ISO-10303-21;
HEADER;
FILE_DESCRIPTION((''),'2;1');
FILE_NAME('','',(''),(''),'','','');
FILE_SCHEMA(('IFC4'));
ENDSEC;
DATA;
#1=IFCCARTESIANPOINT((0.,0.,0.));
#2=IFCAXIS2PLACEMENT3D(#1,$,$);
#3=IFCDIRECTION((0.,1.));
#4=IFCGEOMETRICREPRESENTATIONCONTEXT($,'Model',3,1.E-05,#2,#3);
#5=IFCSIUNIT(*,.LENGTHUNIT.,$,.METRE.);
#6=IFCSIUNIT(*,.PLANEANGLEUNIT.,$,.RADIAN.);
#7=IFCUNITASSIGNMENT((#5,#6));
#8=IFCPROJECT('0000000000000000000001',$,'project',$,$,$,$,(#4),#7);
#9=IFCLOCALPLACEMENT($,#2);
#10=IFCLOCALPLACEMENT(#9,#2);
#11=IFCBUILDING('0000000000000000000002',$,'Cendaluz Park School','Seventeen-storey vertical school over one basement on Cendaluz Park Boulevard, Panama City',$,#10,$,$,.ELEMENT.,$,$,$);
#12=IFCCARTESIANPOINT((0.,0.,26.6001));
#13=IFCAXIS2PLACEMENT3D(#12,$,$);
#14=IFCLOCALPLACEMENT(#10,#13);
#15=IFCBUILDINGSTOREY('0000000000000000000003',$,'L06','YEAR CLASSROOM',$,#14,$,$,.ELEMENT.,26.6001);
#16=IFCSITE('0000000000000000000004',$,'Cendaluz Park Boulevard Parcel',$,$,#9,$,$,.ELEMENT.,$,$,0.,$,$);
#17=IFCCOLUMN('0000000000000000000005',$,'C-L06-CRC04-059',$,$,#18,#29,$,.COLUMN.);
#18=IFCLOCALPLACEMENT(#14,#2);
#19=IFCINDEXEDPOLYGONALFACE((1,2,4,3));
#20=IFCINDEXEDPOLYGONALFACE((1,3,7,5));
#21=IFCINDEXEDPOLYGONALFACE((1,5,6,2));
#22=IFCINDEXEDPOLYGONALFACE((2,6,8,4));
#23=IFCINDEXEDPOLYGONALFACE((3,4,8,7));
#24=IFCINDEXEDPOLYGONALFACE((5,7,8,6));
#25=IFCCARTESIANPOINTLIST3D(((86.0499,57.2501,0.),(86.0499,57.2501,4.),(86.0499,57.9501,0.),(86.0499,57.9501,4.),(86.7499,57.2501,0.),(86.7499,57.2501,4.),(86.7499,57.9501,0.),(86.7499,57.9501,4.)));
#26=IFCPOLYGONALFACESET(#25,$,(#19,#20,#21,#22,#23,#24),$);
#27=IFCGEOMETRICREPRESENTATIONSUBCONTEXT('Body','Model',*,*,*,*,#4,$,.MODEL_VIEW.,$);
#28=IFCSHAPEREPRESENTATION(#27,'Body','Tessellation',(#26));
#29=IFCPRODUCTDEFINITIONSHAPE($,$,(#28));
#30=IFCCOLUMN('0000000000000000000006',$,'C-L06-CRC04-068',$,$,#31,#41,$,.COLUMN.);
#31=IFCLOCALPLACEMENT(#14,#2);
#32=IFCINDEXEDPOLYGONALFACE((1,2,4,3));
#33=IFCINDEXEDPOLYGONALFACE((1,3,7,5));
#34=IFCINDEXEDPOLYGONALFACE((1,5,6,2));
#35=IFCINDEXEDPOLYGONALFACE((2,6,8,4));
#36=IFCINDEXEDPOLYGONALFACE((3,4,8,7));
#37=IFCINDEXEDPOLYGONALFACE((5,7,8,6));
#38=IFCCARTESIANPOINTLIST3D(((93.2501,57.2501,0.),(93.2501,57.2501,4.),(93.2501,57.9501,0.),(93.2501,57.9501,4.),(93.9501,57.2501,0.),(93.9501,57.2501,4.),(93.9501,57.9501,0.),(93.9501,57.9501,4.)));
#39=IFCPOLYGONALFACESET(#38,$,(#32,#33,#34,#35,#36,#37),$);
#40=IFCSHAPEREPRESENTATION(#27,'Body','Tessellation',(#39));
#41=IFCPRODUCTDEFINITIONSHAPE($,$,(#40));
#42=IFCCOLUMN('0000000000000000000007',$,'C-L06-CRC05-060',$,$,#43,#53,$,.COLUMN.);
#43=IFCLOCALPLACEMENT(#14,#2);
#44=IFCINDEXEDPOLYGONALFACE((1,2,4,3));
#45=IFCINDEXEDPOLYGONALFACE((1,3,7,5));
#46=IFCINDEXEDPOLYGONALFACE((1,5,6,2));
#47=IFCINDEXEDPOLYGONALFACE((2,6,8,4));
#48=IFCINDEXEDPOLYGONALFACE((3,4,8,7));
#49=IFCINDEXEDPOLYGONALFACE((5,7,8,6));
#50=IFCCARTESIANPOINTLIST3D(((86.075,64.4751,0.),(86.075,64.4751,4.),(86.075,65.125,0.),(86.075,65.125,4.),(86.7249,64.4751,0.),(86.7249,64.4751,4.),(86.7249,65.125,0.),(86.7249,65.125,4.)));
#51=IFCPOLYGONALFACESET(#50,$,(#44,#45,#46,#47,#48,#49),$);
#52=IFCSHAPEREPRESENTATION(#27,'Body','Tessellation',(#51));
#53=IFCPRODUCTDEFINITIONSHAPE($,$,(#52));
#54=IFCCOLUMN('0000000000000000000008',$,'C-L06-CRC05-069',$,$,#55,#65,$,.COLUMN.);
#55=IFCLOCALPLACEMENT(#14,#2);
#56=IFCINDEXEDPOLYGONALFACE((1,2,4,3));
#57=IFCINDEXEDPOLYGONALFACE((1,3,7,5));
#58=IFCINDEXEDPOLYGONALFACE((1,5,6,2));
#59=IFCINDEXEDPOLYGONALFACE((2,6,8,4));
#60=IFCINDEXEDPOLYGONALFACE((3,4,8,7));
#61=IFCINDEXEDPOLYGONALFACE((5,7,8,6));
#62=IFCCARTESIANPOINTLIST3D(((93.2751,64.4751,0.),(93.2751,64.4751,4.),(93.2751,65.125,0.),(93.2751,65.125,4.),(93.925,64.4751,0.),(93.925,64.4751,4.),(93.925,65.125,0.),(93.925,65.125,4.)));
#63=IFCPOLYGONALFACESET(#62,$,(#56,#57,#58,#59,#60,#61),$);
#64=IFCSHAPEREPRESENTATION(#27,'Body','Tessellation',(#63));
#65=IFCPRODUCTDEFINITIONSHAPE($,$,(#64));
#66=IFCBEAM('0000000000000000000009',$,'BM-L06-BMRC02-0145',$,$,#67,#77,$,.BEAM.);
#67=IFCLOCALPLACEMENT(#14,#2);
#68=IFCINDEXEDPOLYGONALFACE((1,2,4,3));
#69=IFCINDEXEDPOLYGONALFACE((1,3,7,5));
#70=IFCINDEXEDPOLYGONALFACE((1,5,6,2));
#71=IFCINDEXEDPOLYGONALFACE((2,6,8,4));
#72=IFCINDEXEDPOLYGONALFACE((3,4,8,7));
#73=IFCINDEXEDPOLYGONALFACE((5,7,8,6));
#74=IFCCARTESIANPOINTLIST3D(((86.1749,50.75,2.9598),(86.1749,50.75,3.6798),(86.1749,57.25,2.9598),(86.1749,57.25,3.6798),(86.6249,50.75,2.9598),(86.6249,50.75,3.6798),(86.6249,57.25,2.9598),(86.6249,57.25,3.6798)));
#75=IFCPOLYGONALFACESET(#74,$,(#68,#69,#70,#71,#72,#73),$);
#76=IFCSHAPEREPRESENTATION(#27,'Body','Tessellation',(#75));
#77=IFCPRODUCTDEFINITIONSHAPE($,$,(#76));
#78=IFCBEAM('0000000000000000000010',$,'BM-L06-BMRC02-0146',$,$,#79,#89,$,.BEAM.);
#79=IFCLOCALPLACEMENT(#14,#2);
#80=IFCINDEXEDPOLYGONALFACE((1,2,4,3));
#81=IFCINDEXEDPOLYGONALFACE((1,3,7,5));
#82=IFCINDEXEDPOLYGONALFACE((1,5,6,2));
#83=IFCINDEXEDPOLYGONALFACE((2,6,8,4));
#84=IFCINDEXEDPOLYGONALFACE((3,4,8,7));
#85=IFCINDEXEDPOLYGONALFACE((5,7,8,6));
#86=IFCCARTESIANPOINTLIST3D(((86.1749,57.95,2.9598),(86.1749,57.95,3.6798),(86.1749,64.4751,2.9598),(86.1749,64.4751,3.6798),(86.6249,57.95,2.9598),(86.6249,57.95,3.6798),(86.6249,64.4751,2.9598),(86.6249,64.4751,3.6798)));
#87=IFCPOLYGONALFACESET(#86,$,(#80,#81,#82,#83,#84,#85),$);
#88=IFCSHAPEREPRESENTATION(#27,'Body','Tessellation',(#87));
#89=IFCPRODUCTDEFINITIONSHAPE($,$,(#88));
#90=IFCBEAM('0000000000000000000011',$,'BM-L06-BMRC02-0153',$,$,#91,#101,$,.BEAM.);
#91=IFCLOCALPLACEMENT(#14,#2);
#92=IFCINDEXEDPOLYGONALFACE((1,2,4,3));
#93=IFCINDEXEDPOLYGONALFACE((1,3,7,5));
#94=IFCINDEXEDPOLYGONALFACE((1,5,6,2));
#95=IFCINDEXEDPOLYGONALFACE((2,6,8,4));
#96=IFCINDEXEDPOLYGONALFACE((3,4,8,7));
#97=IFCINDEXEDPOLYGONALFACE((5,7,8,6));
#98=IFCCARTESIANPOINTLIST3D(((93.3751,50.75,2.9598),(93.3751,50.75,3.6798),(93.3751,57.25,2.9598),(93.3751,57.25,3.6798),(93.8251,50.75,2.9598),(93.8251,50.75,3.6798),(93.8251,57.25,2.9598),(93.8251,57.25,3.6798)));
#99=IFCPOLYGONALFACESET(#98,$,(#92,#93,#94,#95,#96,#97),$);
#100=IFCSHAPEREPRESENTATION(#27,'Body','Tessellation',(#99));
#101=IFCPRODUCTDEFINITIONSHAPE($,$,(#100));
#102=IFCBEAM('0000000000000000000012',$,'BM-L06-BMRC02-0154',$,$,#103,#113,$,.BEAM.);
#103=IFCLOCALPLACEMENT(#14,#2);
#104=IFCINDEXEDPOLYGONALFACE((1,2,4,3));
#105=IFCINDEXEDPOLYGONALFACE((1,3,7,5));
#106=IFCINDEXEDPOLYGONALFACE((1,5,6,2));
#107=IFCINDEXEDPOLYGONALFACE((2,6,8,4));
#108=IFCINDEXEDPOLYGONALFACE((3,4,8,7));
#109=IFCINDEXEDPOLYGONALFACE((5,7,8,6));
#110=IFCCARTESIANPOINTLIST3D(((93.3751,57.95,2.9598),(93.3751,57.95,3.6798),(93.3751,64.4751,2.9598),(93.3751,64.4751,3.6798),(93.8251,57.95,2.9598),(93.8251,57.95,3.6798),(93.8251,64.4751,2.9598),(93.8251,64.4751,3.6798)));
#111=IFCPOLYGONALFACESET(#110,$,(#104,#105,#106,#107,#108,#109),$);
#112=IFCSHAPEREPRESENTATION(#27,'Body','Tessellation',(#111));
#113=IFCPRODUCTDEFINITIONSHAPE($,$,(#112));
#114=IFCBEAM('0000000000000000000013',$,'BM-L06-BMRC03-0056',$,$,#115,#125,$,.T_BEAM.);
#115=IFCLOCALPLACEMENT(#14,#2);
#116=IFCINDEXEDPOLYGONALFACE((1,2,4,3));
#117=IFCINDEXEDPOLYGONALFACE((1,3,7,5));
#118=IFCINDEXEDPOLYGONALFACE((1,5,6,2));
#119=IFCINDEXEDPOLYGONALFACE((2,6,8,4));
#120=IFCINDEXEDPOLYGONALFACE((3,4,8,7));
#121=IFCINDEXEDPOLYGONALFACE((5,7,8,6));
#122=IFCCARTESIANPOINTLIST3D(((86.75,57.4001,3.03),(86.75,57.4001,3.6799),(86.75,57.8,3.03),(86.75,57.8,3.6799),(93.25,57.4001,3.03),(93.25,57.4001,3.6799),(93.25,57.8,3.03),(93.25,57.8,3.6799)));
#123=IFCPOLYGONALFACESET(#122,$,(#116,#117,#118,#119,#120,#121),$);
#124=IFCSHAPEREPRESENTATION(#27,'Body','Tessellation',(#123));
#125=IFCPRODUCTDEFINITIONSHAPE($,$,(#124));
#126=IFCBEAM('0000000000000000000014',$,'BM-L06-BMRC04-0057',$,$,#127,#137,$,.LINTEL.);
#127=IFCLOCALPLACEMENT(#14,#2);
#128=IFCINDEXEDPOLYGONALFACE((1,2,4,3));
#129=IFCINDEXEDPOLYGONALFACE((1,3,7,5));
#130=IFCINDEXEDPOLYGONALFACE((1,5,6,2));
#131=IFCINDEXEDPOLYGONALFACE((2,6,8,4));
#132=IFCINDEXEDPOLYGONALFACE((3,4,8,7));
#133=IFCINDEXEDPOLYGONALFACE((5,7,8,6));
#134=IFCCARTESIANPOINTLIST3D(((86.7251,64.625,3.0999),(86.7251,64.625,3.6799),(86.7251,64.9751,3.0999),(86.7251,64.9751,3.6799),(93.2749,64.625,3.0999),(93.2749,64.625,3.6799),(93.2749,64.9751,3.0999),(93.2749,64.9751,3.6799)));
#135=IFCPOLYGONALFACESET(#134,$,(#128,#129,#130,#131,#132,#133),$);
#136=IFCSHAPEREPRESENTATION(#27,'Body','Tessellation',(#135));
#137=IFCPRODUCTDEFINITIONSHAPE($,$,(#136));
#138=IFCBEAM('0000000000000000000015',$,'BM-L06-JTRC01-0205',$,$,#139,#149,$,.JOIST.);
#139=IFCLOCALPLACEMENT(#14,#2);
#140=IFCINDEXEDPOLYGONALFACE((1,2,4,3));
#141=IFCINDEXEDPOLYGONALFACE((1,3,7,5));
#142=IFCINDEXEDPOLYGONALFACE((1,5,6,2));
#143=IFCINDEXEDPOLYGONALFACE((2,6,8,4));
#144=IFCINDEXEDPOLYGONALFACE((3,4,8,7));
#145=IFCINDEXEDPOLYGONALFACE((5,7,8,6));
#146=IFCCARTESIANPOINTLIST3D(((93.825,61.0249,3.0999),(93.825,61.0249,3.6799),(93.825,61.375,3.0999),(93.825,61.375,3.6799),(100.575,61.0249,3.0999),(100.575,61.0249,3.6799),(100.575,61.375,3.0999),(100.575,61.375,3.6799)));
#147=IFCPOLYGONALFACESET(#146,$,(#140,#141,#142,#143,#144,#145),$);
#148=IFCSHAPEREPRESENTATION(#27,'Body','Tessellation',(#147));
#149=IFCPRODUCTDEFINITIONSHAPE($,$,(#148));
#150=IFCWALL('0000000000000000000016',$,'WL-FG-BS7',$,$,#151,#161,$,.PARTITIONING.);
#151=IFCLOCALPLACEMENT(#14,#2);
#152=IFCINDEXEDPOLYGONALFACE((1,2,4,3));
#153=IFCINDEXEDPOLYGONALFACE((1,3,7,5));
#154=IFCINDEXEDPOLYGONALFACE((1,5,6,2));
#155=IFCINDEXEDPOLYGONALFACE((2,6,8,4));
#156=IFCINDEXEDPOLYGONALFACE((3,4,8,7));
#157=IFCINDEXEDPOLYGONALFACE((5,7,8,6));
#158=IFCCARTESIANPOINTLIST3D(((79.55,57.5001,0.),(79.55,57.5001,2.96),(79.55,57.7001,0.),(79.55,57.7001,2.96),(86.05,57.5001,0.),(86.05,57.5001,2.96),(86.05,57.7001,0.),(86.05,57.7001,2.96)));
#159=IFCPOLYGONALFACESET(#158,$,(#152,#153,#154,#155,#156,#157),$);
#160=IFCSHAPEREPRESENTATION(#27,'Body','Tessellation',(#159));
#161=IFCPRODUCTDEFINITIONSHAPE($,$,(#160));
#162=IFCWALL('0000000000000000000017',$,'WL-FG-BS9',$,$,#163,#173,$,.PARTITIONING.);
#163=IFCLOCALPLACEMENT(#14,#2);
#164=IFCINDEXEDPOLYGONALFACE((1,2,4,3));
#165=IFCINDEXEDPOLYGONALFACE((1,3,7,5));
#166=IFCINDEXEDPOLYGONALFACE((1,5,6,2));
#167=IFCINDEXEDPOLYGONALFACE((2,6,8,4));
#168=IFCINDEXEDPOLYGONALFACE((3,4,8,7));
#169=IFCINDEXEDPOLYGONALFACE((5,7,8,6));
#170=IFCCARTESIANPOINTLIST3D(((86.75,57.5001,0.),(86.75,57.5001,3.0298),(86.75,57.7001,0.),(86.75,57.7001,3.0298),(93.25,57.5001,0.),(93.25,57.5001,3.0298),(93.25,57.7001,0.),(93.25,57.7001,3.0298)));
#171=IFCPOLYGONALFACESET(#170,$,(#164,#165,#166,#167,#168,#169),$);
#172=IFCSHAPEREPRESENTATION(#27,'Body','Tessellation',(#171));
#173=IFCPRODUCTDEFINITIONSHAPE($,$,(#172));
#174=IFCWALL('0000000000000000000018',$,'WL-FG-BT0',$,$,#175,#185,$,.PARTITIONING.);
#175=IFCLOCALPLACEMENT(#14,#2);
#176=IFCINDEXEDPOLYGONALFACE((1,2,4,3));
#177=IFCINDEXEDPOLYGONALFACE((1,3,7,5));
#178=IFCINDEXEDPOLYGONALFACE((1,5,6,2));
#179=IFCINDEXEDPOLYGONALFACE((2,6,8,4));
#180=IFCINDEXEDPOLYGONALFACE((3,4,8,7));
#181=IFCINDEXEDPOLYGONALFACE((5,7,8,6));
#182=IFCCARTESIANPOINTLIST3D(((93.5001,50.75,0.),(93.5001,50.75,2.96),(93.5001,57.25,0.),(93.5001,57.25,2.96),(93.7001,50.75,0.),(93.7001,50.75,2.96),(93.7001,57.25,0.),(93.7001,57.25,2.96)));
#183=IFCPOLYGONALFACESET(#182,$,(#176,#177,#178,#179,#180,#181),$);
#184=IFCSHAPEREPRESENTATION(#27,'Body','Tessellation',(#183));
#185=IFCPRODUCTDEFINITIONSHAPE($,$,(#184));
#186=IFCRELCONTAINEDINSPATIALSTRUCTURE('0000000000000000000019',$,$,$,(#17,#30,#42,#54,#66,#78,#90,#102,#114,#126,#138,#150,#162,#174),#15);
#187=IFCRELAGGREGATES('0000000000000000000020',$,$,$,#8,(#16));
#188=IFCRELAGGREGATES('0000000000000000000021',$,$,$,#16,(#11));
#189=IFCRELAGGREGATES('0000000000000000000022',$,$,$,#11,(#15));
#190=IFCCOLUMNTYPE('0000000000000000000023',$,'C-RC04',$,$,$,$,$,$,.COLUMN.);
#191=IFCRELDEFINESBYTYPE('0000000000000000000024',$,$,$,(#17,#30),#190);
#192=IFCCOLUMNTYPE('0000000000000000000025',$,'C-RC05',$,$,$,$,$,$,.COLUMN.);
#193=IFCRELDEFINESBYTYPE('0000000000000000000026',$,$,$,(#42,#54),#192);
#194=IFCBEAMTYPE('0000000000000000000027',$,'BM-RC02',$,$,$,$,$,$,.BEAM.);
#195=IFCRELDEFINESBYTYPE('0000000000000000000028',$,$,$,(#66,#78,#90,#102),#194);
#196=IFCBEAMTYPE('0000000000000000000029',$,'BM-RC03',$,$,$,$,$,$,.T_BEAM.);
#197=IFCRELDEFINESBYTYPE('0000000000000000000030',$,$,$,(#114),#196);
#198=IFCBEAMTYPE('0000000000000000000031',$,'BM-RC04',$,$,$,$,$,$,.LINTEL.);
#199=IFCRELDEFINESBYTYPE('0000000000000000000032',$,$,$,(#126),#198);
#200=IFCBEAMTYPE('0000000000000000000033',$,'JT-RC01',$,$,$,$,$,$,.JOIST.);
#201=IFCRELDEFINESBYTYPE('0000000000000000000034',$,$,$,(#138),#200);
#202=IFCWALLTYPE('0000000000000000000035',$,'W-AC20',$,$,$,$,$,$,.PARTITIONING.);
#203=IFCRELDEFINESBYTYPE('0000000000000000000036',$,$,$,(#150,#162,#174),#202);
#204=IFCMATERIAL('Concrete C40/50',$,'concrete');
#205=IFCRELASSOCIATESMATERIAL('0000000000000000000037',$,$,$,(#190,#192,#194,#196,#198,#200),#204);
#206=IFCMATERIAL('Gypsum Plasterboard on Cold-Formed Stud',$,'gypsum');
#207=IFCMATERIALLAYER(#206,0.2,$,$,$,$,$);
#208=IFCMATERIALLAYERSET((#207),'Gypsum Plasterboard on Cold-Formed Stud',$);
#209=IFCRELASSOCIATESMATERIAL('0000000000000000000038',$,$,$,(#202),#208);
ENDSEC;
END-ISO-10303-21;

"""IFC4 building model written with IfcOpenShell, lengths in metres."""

from ifc_helpers import new_model, si_unit, direction, frame, frame_2d, origin, origin_2d, place, context, subcontext, project, spatial, rectangle, extrude, material, layer, layer_set, material_profile, profile_set, type_object, element, save


model = new_model("IFC4")

# Units and contexts
model_context = context("Model", 3, precision=1e-05, world=origin(), true_north=direction((0.0, 1.0)))
body_context = subcontext(model_context, "Body", "Model", "MODEL_VIEW")
ifc_project = project(units=[si_unit("LENGTHUNIT", "METRE"), si_unit("PLANEANGLEUNIT", "RADIAN")], contexts=[model_context])

# Site, building, storey
site_placement = place(None, origin())
site = spatial("IfcSite", under=ifc_project, at=site_placement, Name="Cendaluz Park Boulevard Parcel", CompositionType="ELEMENT", RefElevation=0.0)
building_placement = place(site_placement, origin())
building = spatial("IfcBuilding", under=site, at=building_placement, Name="Cendaluz Park School", Description="Seventeen-storey vertical school over one basement on Cendaluz Park Boulevard, Panama City", CompositionType="ELEMENT")
storey_placement = place(building_placement, frame((0.0, 0.0, 26.6001)))
storey = spatial("IfcBuildingStorey", under=building, at=storey_placement, Name="L06", Description="YEAR CLASSROOM", CompositionType="ELEMENT", Elevation=26.6001)

# Columns
ifc_material_1 = material(Name="Concrete C40/50", Category="concrete")
ifc_material_profile_1 = material_profile(ifc_material_1, rectangle(XDim=0.7, YDim=0.7, at=origin_2d()), Name="RC 700x700", Category="concrete")
ifc_profile_set_1 = profile_set([ifc_material_profile_1], Name="Concrete C40/50")
column_type_1 = type_object("IfcColumnType", Name="C-RC04", PredefinedType="COLUMN", material=ifc_profile_set_1)
for number, where, z_axis, x_axis, name in (
    (1, (86.3999, 57.6001, 0.0), (0.0, 0.0, 1.0), (1.0, 0.0, 0.0), "C-L06-CRC04-059"),
    (2, (93.6001, 57.6001, 0.0), (0.0, 0.0, 1.0), (1.0, 0.0, 0.0), "C-L06-CRC04-068"),
):
    element("IfcColumn", number, at=place(storey_placement, frame(where, z_axis=z_axis, x_axis=x_axis)), inside=storey, type_object=column_type_1, Name=name, PredefinedType="COLUMN", context=body_context, shape_type="SweptSolid", body=[
        extrude(rectangle(XDim=0.7, YDim=0.7, at=origin_2d()), origin(), (0.0, 0.0, 1.0), 4.0),
    ])
ifc_material_profile_2 = material_profile(ifc_material_1, rectangle(XDim=0.6499, YDim=0.6499, at=origin_2d()), Name="RC 650x650", Category="concrete")
ifc_profile_set_2 = profile_set([ifc_material_profile_2], Name="Concrete C40/50")
column_type_2 = type_object("IfcColumnType", Name="C-RC05", PredefinedType="COLUMN", material=ifc_profile_set_2)
for number, where, z_axis, x_axis, name in (
    (3, (86.3999, 64.8, 0.0), (0.0, 0.0, 1.0), (1.0, 0.0, 0.0), "C-L06-CRC05-060"),
    (4, (93.6001, 64.8, 0.0), (0.0, 0.0, 1.0), (1.0, 0.0, 0.0), "C-L06-CRC05-069"),
):
    element("IfcColumn", number, at=place(storey_placement, frame(where, z_axis=z_axis, x_axis=x_axis)), inside=storey, type_object=column_type_2, Name=name, PredefinedType="COLUMN", context=body_context, shape_type="SweptSolid", body=[
        extrude(rectangle(XDim=0.6499, YDim=0.6499, at=origin_2d()), origin(), (0.0, 0.0, 1.0), 4.0),
    ])

# Beams
ifc_material_profile_3 = material_profile(ifc_material_1, rectangle(XDim=0.45, YDim=0.72, at=origin_2d()), Name="RC 450x720", Category="concrete")
ifc_profile_set_3 = profile_set([ifc_material_profile_3], Name="Concrete C40/50")
beam_type_1 = type_object("IfcBeamType", Name="BM-RC02", PredefinedType="BEAM", material=ifc_profile_set_3)
beam_1_placement = place(storey_placement, frame((86.3999, 50.75, 3.3198), z_axis=(0.0, 1.0, 0.0), x_axis=(-1.0, 0.0, 0.0)))
element("IfcBeam", 5, at=beam_1_placement, inside=storey, type_object=beam_type_1, Name="BM-L06-BMRC02-0145", PredefinedType="BEAM", context=body_context, shape_type="SweptSolid", body=[
    extrude(rectangle(XDim=0.45, YDim=0.72, at=origin_2d()), origin(), (0.0, 0.0, 1.0), 6.5),
])
beam_2_placement = place(storey_placement, frame((86.3999, 57.95, 3.3198), z_axis=(0.0, 1.0, 0.0), x_axis=(-1.0, 0.0, 0.0)))
element("IfcBeam", 6, at=beam_2_placement, inside=storey, type_object=beam_type_1, Name="BM-L06-BMRC02-0146", PredefinedType="BEAM", context=body_context, shape_type="SweptSolid", body=[
    extrude(rectangle(XDim=0.45, YDim=0.72, at=origin_2d()), origin(), (0.0, 0.0, 1.0), 6.5251),
])
beam_3_placement = place(storey_placement, frame((93.6001, 50.75, 3.3198), z_axis=(0.0, 1.0, 0.0), x_axis=(-1.0, 0.0, 0.0)))
element("IfcBeam", 7, at=beam_3_placement, inside=storey, type_object=beam_type_1, Name="BM-L06-BMRC02-0153", PredefinedType="BEAM", context=body_context, shape_type="SweptSolid", body=[
    extrude(rectangle(XDim=0.45, YDim=0.72, at=origin_2d()), origin(), (0.0, 0.0, 1.0), 6.5),
])
beam_4_placement = place(storey_placement, frame((93.6001, 57.95, 3.3198), z_axis=(0.0, 1.0, 0.0), x_axis=(-1.0, 0.0, 0.0)))
element("IfcBeam", 8, at=beam_4_placement, inside=storey, type_object=beam_type_1, Name="BM-L06-BMRC02-0154", PredefinedType="BEAM", context=body_context, shape_type="SweptSolid", body=[
    extrude(rectangle(XDim=0.45, YDim=0.72, at=origin_2d()), origin(), (0.0, 0.0, 1.0), 6.5251),
])
ifc_material_profile_4 = material_profile(ifc_material_1, rectangle(XDim=0.3999, YDim=0.6499, at=origin_2d()), Name="RC 400x650", Category="concrete")
ifc_profile_set_4 = profile_set([ifc_material_profile_4], Name="Concrete C40/50")
beam_type_2 = type_object("IfcBeamType", Name="BM-RC03", PredefinedType="T_BEAM", material=ifc_profile_set_4)
beam_5_placement = place(storey_placement, frame((86.75, 57.6001, 3.355), z_axis=(1.0, 0.0, 0.0), x_axis=(0.0, 1.0, 0.0)))
element("IfcBeam", 9, at=beam_5_placement, inside=storey, type_object=beam_type_2, Name="BM-L06-BMRC03-0056", PredefinedType="T_BEAM", context=body_context, shape_type="SweptSolid", body=[
    extrude(rectangle(XDim=0.3999, YDim=0.6499, at=origin_2d()), origin(), (0.0, 0.0, 1.0), 6.5),
])
ifc_material_profile_5 = material_profile(ifc_material_1, rectangle(XDim=0.3501, YDim=0.5801, at=origin_2d()), Name="RC 350x580", Category="concrete")
ifc_profile_set_5 = profile_set([ifc_material_profile_5], Name="Concrete C40/50")
beam_type_3 = type_object("IfcBeamType", Name="BM-RC04", PredefinedType="LINTEL", material=ifc_profile_set_5)
beam_6_placement = place(storey_placement, frame((86.7251, 64.8, 3.3899), z_axis=(1.0, 0.0, 0.0), x_axis=(0.0, 1.0, 0.0)))
element("IfcBeam", 10, at=beam_6_placement, inside=storey, type_object=beam_type_3, Name="BM-L06-BMRC04-0057", PredefinedType="LINTEL", context=body_context, shape_type="SweptSolid", body=[
    extrude(rectangle(XDim=0.3501, YDim=0.5801, at=origin_2d()), origin(), (0.0, 0.0, 1.0), 6.5498),
])
ifc_material_profile_6 = material_profile(ifc_material_1, rectangle(XDim=0.3501, YDim=0.5801, at=origin_2d()), Name="RC 350x580", Category="concrete")
ifc_profile_set_6 = profile_set([ifc_material_profile_6], Name="Concrete C40/50")
beam_type_4 = type_object("IfcBeamType", Name="JT-RC01", PredefinedType="JOIST", material=ifc_profile_set_6)
beam_7_placement = place(storey_placement, frame((93.825, 61.2, 3.3899), z_axis=(1.0, 0.0, 0.0), x_axis=(0.0, 1.0, 0.0)))
element("IfcBeam", 11, at=beam_7_placement, inside=storey, type_object=beam_type_4, Name="BM-L06-JTRC01-0205", PredefinedType="JOIST", context=body_context, shape_type="SweptSolid", body=[
    extrude(rectangle(XDim=0.3501, YDim=0.5801, at=origin_2d()), origin(), (0.0, 0.0, 1.0), 6.75),
])

# Walls
ifc_material_2 = material(Name="Gypsum Plasterboard on Cold-Formed Stud", Category="gypsum")
ifc_layer_1 = layer(ifc_material_2, 0.2)
ifc_layer_set_1 = layer_set([ifc_layer_1], Name="Gypsum Plasterboard on Cold-Formed Stud")
wall_type_1 = type_object("IfcWallType", Name="W-AC20", PredefinedType="PARTITIONING", material=ifc_layer_set_1)
wall_1_placement = place(storey_placement, frame((79.55, 57.6001, 0.0), z_axis=(0.0, 0.0, 1.0), x_axis=(1.0, 0.0, 0.0)))
element("IfcWall", 12, at=wall_1_placement, inside=storey, type_object=wall_type_1, Name="WL-FG-BS7", PredefinedType="PARTITIONING", context=body_context, shape_type="SweptSolid", body=[
    extrude(rectangle(XDim=6.5, YDim=0.2, at=frame_2d((3.25, 0.0))), origin(), (0.0, 0.0, 1.0), 2.96),
])
wall_2_placement = place(storey_placement, frame((86.75, 57.6001, 0.0), z_axis=(0.0, 0.0, 1.0), x_axis=(1.0, 0.0, 0.0)))
element("IfcWall", 13, at=wall_2_placement, inside=storey, type_object=wall_type_1, Name="WL-FG-BS9", PredefinedType="PARTITIONING", context=body_context, shape_type="SweptSolid", body=[
    extrude(rectangle(XDim=6.5, YDim=0.2, at=frame_2d((3.25, 0.0))), origin(), (0.0, 0.0, 1.0), 3.0298),
])
wall_3_placement = place(storey_placement, frame((93.6001, 50.75, 0.0), z_axis=(0.0, 0.0, 1.0), x_axis=(0.0, 1.0, 0.0)))
element("IfcWall", 14, at=wall_3_placement, inside=storey, type_object=wall_type_1, Name="WL-FG-BT0", PredefinedType="PARTITIONING", context=body_context, shape_type="SweptSolid", body=[
    extrude(rectangle(XDim=6.5, YDim=0.2, at=frame_2d((3.25, 0.0))), origin(), (0.0, 0.0, 1.0), 2.96),
])

save(model, "model.ifc")
